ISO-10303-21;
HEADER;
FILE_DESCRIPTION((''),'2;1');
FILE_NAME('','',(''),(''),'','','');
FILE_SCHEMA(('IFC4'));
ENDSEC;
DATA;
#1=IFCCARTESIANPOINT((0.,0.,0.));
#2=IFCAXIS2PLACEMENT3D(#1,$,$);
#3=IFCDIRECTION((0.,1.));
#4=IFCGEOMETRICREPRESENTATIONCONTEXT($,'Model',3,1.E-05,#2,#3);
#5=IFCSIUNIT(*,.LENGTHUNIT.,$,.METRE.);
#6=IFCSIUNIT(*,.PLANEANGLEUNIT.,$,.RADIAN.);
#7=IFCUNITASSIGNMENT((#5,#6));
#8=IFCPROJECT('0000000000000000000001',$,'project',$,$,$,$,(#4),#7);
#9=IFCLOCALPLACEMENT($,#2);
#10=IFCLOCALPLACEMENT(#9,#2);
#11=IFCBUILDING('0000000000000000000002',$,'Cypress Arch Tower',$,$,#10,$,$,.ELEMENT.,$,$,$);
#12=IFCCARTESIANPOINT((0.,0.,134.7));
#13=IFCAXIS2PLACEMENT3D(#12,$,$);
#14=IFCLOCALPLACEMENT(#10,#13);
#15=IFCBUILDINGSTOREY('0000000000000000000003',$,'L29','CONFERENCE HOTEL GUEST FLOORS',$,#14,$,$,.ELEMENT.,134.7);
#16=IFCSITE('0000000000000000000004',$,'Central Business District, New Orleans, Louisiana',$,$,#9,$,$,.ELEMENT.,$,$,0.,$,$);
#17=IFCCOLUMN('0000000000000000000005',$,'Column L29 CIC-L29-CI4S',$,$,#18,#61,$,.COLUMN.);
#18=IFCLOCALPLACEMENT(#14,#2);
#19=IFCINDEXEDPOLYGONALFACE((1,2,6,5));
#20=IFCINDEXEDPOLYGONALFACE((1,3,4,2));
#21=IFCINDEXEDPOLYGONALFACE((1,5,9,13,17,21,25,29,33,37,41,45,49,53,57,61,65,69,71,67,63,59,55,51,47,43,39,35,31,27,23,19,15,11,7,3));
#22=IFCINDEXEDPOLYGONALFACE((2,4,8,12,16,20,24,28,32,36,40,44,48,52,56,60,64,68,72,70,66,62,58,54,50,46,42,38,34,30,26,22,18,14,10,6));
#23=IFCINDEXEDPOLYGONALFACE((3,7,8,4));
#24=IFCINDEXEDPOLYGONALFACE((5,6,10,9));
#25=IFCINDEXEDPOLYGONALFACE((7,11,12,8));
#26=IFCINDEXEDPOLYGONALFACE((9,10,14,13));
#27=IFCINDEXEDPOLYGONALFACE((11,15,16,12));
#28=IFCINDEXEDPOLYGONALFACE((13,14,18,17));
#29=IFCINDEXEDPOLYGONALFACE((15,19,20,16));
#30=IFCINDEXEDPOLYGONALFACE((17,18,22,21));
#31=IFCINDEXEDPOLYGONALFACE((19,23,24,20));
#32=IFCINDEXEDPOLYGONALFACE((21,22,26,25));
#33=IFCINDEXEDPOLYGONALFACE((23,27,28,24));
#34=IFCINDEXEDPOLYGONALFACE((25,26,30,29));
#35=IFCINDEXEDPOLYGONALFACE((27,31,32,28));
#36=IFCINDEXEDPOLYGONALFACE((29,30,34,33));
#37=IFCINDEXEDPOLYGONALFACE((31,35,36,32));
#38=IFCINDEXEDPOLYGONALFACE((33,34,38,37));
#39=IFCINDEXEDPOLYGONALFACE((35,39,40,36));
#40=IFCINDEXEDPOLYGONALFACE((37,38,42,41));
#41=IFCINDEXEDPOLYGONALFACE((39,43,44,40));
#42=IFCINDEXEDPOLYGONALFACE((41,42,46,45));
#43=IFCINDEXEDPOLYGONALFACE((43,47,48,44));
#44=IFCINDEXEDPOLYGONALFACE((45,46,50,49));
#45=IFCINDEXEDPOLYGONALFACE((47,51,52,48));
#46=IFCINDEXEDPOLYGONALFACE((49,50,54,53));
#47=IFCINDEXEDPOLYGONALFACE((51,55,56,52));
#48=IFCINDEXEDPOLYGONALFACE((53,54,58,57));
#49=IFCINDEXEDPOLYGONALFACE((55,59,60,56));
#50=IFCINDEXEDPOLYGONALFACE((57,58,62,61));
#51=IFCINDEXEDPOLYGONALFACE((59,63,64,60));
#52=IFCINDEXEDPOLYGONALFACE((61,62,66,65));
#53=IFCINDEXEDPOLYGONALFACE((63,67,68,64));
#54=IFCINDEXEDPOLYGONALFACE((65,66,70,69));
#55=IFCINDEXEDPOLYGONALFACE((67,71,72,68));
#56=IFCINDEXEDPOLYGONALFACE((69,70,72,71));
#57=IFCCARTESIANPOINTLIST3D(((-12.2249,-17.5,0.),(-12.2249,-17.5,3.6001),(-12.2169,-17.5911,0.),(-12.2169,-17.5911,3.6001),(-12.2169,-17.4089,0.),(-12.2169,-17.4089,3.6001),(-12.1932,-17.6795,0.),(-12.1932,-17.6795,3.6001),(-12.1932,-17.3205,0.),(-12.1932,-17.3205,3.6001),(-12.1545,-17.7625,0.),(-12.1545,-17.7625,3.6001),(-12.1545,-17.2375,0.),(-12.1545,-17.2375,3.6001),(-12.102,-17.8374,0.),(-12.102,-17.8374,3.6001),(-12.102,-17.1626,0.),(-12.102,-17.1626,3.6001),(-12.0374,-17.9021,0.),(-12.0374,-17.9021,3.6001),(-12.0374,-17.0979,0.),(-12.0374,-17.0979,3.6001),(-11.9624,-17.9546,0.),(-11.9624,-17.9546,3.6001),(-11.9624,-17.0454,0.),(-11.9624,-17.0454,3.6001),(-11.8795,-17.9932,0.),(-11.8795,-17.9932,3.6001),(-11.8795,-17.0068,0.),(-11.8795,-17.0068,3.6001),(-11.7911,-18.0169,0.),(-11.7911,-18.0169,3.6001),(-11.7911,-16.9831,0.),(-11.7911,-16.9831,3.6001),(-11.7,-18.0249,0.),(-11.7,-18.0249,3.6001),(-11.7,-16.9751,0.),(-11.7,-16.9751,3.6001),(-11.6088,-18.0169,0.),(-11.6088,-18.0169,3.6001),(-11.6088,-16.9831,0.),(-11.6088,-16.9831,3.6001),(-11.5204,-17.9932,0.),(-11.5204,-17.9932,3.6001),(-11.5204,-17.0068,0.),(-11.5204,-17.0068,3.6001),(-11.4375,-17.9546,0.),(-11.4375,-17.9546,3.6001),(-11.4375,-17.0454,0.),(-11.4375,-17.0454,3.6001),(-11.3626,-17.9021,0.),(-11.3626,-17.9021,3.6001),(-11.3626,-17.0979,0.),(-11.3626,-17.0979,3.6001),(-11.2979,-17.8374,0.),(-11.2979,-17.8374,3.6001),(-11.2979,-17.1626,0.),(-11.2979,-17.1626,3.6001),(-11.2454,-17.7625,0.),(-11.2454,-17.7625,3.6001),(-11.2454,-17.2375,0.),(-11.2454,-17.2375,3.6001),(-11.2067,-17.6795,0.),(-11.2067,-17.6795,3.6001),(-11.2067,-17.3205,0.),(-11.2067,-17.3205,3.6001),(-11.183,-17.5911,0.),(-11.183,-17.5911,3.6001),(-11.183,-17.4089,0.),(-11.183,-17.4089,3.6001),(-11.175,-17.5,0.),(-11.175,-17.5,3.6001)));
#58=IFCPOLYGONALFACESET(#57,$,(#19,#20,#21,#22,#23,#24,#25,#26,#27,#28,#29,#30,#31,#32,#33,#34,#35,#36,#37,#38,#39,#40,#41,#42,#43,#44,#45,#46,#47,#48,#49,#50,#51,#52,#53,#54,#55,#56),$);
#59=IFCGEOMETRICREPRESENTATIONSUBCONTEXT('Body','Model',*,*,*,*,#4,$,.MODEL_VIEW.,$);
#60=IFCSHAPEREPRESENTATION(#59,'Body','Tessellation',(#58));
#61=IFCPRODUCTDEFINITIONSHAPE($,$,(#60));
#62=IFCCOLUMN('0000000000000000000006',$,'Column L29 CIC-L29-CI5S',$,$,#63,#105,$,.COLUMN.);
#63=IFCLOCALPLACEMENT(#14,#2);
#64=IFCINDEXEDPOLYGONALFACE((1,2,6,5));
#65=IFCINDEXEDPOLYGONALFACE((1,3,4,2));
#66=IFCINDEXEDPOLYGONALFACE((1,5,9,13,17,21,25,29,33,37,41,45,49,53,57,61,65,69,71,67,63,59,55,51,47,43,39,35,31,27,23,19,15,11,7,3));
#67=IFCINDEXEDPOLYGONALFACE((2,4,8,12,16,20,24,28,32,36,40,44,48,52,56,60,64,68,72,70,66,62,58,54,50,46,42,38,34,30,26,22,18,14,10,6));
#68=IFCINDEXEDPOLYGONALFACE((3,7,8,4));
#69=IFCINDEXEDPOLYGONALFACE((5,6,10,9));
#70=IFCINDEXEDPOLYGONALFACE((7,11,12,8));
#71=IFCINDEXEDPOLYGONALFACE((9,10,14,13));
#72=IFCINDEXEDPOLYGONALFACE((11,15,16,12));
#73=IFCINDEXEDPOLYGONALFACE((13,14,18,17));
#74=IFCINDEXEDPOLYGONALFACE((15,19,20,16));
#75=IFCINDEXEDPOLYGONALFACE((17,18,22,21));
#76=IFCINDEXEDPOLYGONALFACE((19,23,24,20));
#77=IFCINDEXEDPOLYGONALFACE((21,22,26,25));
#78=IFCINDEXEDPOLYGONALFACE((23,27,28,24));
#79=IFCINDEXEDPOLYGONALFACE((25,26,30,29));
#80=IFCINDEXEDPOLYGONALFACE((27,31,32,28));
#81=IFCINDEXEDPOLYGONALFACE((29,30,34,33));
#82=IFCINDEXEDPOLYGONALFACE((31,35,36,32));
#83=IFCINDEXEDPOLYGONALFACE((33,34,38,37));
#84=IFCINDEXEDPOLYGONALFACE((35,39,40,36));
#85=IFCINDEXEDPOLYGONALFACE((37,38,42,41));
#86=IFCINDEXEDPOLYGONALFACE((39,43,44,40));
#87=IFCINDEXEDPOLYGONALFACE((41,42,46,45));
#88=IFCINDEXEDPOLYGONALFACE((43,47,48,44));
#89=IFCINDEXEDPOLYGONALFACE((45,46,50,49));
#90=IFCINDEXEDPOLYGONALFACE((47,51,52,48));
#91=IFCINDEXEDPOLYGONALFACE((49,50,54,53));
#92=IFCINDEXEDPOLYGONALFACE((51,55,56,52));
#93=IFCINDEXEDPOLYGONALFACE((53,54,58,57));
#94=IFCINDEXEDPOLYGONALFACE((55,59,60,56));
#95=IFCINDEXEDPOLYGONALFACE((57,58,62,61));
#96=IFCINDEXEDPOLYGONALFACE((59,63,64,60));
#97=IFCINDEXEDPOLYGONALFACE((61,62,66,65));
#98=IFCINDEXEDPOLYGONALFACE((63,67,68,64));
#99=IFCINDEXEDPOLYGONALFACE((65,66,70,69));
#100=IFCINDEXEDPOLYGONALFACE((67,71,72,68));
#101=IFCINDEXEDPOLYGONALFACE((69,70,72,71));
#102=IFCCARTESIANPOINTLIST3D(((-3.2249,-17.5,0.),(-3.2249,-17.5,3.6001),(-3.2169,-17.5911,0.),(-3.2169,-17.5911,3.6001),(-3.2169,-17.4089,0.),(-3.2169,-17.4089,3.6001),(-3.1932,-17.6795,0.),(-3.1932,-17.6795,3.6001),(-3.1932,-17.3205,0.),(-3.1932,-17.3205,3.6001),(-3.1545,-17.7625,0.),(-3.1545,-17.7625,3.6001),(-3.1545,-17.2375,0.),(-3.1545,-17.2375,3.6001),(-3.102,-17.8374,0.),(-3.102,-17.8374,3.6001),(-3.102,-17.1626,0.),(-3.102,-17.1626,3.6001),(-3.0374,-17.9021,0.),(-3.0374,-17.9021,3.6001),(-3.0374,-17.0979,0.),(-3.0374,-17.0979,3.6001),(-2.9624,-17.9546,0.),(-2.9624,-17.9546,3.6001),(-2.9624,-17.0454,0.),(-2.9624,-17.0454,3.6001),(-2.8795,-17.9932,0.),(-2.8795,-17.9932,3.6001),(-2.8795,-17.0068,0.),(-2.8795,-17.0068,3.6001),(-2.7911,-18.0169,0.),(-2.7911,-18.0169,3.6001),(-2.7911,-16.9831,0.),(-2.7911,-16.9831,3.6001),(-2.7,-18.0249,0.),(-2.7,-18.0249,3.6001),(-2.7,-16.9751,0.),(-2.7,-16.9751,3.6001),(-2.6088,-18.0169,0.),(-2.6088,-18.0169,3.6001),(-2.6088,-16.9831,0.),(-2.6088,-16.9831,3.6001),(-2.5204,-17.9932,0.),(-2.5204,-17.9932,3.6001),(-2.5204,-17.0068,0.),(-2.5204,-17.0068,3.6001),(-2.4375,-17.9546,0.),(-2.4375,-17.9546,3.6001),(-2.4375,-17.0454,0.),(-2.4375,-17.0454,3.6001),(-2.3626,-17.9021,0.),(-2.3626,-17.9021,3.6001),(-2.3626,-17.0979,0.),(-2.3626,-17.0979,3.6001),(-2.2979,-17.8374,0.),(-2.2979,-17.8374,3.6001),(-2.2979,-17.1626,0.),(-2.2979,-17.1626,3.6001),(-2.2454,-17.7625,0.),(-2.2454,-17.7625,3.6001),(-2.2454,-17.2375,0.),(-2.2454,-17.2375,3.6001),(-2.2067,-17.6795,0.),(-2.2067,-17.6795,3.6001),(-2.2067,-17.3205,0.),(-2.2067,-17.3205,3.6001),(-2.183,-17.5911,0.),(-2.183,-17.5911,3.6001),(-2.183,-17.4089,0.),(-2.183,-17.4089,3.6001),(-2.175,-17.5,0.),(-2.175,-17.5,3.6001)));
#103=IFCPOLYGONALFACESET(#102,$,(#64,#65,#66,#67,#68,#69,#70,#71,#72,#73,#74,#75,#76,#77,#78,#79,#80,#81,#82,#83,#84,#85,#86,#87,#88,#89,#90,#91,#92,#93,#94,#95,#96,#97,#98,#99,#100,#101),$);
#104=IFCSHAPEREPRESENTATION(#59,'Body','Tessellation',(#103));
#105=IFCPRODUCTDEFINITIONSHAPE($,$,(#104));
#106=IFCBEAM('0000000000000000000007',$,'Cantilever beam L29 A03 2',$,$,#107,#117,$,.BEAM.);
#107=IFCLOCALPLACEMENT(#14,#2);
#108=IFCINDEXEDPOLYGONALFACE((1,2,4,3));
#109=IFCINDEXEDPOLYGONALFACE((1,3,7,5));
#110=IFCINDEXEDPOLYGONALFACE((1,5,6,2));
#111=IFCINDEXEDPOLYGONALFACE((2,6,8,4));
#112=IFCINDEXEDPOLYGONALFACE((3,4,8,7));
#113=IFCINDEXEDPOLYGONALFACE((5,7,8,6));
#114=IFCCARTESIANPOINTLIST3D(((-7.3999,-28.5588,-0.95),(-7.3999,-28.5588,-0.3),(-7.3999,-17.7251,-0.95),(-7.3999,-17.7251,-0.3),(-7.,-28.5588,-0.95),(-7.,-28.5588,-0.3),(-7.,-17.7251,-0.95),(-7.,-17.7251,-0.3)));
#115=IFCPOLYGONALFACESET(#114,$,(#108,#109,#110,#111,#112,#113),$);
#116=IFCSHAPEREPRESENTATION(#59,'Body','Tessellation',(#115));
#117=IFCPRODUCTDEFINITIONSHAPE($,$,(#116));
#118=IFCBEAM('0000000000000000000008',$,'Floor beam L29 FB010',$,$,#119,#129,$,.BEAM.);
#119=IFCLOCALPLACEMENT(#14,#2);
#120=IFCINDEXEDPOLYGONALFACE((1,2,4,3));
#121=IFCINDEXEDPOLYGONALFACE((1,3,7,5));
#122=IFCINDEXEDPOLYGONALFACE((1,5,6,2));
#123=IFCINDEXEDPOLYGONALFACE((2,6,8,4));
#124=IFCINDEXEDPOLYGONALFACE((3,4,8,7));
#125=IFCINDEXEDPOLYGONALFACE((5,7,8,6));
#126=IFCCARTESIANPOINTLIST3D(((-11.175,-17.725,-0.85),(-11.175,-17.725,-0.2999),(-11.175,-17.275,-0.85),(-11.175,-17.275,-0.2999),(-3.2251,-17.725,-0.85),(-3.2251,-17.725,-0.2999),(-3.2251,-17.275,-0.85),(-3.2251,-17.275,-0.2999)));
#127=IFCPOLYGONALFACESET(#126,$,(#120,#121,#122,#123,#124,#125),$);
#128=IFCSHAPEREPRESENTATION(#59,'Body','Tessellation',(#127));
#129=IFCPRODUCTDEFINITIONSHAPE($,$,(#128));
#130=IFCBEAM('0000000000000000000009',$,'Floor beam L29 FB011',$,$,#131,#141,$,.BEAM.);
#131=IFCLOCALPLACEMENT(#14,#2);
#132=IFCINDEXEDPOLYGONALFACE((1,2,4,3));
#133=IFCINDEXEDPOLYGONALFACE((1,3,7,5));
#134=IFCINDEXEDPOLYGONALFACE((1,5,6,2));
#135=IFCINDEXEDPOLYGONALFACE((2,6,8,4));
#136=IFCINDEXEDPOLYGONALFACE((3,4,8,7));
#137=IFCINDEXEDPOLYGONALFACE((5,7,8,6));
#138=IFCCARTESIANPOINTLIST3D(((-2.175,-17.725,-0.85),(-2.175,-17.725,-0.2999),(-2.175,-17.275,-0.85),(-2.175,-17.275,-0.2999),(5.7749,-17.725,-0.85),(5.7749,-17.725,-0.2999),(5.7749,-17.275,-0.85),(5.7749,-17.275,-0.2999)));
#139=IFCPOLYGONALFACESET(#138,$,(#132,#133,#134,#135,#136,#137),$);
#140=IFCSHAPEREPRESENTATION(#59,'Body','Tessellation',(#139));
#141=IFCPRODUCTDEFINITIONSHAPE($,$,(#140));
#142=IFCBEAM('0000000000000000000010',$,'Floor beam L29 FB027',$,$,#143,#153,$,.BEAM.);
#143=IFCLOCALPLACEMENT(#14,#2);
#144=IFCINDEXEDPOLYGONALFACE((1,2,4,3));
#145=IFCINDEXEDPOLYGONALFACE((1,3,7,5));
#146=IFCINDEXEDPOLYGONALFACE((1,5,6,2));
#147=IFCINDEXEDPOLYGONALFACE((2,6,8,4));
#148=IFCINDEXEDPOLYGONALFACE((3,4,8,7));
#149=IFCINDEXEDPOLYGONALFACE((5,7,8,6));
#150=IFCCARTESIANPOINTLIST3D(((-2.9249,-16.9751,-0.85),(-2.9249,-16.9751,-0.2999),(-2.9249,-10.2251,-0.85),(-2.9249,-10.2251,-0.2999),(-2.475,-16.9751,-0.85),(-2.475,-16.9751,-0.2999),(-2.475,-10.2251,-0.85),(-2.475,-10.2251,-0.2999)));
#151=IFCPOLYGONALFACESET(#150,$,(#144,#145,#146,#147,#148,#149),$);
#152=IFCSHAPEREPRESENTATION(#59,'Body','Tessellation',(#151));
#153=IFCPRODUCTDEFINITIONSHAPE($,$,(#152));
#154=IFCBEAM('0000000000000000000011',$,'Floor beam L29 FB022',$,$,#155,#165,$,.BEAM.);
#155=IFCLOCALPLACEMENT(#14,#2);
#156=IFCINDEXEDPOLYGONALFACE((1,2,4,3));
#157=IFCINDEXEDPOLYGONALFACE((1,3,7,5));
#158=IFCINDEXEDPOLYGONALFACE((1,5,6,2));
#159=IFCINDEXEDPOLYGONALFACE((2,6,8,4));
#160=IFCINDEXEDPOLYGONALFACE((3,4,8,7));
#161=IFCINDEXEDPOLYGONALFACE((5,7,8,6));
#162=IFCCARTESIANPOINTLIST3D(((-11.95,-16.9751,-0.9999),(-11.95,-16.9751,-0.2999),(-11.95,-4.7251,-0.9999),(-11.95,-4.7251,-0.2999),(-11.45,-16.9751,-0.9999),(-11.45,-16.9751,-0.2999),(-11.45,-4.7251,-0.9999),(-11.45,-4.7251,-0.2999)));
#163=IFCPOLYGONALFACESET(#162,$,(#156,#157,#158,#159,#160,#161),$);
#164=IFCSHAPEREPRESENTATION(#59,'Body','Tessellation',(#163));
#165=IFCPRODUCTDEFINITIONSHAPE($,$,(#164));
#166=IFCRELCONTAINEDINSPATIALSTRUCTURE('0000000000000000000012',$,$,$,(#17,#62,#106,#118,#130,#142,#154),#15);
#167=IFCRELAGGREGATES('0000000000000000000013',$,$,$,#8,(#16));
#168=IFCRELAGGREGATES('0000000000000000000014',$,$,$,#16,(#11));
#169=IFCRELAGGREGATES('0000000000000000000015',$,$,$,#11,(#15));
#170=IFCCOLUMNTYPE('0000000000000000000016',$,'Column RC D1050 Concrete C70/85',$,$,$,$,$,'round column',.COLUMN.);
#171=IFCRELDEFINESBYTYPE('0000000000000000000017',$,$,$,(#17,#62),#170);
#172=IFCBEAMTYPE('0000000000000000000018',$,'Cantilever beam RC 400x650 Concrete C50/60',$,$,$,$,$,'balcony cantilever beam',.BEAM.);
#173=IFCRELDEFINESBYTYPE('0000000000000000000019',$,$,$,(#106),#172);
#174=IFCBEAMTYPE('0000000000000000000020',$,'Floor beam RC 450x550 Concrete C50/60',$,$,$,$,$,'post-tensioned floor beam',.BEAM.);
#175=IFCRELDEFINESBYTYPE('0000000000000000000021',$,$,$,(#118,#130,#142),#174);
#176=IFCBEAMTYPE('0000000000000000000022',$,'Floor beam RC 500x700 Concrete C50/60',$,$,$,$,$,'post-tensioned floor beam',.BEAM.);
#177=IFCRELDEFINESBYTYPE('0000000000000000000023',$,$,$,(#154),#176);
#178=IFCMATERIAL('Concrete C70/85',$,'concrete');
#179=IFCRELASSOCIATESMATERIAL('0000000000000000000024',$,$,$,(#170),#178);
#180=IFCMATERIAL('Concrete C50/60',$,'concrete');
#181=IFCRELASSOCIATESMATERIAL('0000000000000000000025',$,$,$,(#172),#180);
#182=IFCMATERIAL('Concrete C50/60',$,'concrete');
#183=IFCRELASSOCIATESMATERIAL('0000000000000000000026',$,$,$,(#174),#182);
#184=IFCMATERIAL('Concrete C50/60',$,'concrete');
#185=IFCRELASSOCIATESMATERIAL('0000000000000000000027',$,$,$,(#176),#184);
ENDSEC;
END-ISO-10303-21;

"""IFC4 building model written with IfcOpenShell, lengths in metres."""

from ifc_helpers import new_model, si_unit, direction, frame, origin, origin_2d, place, context, subcontext, project, spatial, rectangle, circle, extrude, material, material_profile, profile_set, type_object, element, save


model = new_model("IFC4")

# Units and contexts
model_context = context("Model", 3, precision=1e-05, world=origin(), true_north=direction((0.0, 1.0)))
body_context = subcontext(model_context, "Body", "Model", "MODEL_VIEW")
ifc_project = project(units=[si_unit("LENGTHUNIT", "METRE"), si_unit("PLANEANGLEUNIT", "RADIAN")], contexts=[model_context])

# Site, building, storey
site_placement = place(None, origin())
site = spatial("IfcSite", under=ifc_project, at=site_placement, Name="Central Business District, New Orleans, Louisiana", CompositionType="ELEMENT", RefElevation=0.0)
building_placement = place(site_placement, origin())
building = spatial("IfcBuilding", under=site, at=building_placement, Name="Cypress Arch Tower", CompositionType="ELEMENT")
storey_placement = place(building_placement, frame((0.0, 0.0, 134.7)))
storey = spatial("IfcBuildingStorey", under=building, at=storey_placement, Name="L29", Description="CONFERENCE HOTEL GUEST FLOORS", CompositionType="ELEMENT", Elevation=134.7)

# Columns
ifc_material_1 = material(Name="Concrete C70/85", Category="concrete")
ifc_material_profile_1 = material_profile(ifc_material_1, circle(Radius=0.5249, at=origin_2d()), Name="RC D1050")
ifc_profile_set_1 = profile_set([ifc_material_profile_1], Name="Concrete C70/85")
column_type = type_object("IfcColumnType", Name="Column RC D1050 Concrete C70/85", ElementType="round column", PredefinedType="COLUMN", material=ifc_profile_set_1)
for number, where, z_axis, x_axis, name in (
    (1, (-11.7, -17.5, 0.0), (0.0, 0.0, 1.0), (1.0, 0.0, 0.0), "Column L29 CIC-L29-CI4S"),
    (2, (-2.7, -17.5, 0.0), (0.0, 0.0, 1.0), (1.0, 0.0, 0.0), "Column L29 CIC-L29-CI5S"),
):
    element("IfcColumn", number, at=place(storey_placement, frame(where, z_axis=z_axis, x_axis=x_axis)), inside=storey, type_object=column_type, Name=name, PredefinedType="COLUMN", context=body_context, shape_type="SweptSolid", body=[
        extrude(circle(Radius=0.5249, at=origin_2d()), origin(), (0.0, 0.0, 1.0), 3.6001),
    ])

# Beams
ifc_material_2 = material(Name="Concrete C50/60", Category="concrete")
ifc_material_profile_2 = material_profile(ifc_material_2, rectangle(XDim=0.3999, YDim=0.6499, at=origin_2d()), Name="RC 400x650")
ifc_profile_set_2 = profile_set([ifc_material_profile_2], Name="Concrete C50/60")
beam_type_1 = type_object("IfcBeamType", Name="Cantilever beam RC 400x650 Concrete C50/60", ElementType="balcony cantilever beam", PredefinedType="BEAM", material=ifc_profile_set_2)
beam_1_placement = place(storey_placement, frame((-7.2, -17.7251, -0.625), z_axis=(0.0, -1.0, 0.0), x_axis=(1.0, 0.0, 0.0)))
element("IfcBeam", 3, at=beam_1_placement, inside=storey, type_object=beam_type_1, Name="Cantilever beam L29 A03 2", PredefinedType="BEAM", context=body_context, shape_type="SweptSolid", body=[
    extrude(rectangle(XDim=0.3999, YDim=0.6499, at=origin_2d()), origin(), (0.0, 0.0, 1.0), 10.8337),
])
ifc_material_3 = material(Name="Concrete C50/60", Category="concrete")
ifc_material_profile_3 = material_profile(ifc_material_3, rectangle(XDim=0.45, YDim=0.55, at=origin_2d()), Name="RC 450x550")
ifc_profile_set_3 = profile_set([ifc_material_profile_3], Name="Concrete C50/60")
beam_type_2 = type_object("IfcBeamType", Name="Floor beam RC 450x550 Concrete C50/60", ElementType="post-tensioned floor beam", PredefinedType="BEAM", material=ifc_profile_set_3)
for number, where, z_axis, x_axis, name in (
    (4, (-11.175, -17.5, -0.575), (1.0, 0.0, 0.0), (0.0, 1.0, 0.0), "Floor beam L29 FB010"),
    (5, (-2.175, -17.5, -0.575), (1.0, 0.0, 0.0), (0.0, 1.0, 0.0), "Floor beam L29 FB011"),
):
    element("IfcBeam", number, at=place(storey_placement, frame(where, z_axis=z_axis, x_axis=x_axis)), inside=storey, type_object=beam_type_2, Name=name, PredefinedType="BEAM", context=body_context, shape_type="SweptSolid", body=[
        extrude(rectangle(XDim=0.45, YDim=0.55, at=origin_2d()), origin(), (0.0, 0.0, 1.0), 7.95),
    ])
beam_2_placement = place(storey_placement, frame((-2.7, -16.9751, -0.575), z_axis=(0.0, 1.0, 0.0), x_axis=(-1.0, 0.0, 0.0)))
element("IfcBeam", 6, at=beam_2_placement, inside=storey, type_object=beam_type_2, Name="Floor beam L29 FB027", PredefinedType="BEAM", context=body_context, shape_type="SweptSolid", body=[
    extrude(rectangle(XDim=0.45, YDim=0.55, at=origin_2d()), origin(), (0.0, 0.0, 1.0), 6.75),
])
ifc_material_4 = material(Name="Concrete C50/60", Category="concrete")
ifc_material_profile_4 = material_profile(ifc_material_4, rectangle(XDim=0.5, YDim=0.7, at=origin_2d()), Name="RC 500x700")
ifc_profile_set_4 = profile_set([ifc_material_profile_4], Name="Concrete C50/60")
beam_type_3 = type_object("IfcBeamType", Name="Floor beam RC 500x700 Concrete C50/60", ElementType="post-tensioned floor beam", PredefinedType="BEAM", material=ifc_profile_set_4)
beam_3_placement = place(storey_placement, frame((-11.7, -16.9751, -0.6499), z_axis=(0.0, 1.0, 0.0), x_axis=(-1.0, 0.0, 0.0)))
element("IfcBeam", 7, at=beam_3_placement, inside=storey, type_object=beam_type_3, Name="Floor beam L29 FB022", PredefinedType="BEAM", context=body_context, shape_type="SweptSolid", body=[
    extrude(rectangle(XDim=0.5, YDim=0.7, at=origin_2d()), origin(), (0.0, 0.0, 1.0), 12.25),
])

save(model, "model.ifc")
